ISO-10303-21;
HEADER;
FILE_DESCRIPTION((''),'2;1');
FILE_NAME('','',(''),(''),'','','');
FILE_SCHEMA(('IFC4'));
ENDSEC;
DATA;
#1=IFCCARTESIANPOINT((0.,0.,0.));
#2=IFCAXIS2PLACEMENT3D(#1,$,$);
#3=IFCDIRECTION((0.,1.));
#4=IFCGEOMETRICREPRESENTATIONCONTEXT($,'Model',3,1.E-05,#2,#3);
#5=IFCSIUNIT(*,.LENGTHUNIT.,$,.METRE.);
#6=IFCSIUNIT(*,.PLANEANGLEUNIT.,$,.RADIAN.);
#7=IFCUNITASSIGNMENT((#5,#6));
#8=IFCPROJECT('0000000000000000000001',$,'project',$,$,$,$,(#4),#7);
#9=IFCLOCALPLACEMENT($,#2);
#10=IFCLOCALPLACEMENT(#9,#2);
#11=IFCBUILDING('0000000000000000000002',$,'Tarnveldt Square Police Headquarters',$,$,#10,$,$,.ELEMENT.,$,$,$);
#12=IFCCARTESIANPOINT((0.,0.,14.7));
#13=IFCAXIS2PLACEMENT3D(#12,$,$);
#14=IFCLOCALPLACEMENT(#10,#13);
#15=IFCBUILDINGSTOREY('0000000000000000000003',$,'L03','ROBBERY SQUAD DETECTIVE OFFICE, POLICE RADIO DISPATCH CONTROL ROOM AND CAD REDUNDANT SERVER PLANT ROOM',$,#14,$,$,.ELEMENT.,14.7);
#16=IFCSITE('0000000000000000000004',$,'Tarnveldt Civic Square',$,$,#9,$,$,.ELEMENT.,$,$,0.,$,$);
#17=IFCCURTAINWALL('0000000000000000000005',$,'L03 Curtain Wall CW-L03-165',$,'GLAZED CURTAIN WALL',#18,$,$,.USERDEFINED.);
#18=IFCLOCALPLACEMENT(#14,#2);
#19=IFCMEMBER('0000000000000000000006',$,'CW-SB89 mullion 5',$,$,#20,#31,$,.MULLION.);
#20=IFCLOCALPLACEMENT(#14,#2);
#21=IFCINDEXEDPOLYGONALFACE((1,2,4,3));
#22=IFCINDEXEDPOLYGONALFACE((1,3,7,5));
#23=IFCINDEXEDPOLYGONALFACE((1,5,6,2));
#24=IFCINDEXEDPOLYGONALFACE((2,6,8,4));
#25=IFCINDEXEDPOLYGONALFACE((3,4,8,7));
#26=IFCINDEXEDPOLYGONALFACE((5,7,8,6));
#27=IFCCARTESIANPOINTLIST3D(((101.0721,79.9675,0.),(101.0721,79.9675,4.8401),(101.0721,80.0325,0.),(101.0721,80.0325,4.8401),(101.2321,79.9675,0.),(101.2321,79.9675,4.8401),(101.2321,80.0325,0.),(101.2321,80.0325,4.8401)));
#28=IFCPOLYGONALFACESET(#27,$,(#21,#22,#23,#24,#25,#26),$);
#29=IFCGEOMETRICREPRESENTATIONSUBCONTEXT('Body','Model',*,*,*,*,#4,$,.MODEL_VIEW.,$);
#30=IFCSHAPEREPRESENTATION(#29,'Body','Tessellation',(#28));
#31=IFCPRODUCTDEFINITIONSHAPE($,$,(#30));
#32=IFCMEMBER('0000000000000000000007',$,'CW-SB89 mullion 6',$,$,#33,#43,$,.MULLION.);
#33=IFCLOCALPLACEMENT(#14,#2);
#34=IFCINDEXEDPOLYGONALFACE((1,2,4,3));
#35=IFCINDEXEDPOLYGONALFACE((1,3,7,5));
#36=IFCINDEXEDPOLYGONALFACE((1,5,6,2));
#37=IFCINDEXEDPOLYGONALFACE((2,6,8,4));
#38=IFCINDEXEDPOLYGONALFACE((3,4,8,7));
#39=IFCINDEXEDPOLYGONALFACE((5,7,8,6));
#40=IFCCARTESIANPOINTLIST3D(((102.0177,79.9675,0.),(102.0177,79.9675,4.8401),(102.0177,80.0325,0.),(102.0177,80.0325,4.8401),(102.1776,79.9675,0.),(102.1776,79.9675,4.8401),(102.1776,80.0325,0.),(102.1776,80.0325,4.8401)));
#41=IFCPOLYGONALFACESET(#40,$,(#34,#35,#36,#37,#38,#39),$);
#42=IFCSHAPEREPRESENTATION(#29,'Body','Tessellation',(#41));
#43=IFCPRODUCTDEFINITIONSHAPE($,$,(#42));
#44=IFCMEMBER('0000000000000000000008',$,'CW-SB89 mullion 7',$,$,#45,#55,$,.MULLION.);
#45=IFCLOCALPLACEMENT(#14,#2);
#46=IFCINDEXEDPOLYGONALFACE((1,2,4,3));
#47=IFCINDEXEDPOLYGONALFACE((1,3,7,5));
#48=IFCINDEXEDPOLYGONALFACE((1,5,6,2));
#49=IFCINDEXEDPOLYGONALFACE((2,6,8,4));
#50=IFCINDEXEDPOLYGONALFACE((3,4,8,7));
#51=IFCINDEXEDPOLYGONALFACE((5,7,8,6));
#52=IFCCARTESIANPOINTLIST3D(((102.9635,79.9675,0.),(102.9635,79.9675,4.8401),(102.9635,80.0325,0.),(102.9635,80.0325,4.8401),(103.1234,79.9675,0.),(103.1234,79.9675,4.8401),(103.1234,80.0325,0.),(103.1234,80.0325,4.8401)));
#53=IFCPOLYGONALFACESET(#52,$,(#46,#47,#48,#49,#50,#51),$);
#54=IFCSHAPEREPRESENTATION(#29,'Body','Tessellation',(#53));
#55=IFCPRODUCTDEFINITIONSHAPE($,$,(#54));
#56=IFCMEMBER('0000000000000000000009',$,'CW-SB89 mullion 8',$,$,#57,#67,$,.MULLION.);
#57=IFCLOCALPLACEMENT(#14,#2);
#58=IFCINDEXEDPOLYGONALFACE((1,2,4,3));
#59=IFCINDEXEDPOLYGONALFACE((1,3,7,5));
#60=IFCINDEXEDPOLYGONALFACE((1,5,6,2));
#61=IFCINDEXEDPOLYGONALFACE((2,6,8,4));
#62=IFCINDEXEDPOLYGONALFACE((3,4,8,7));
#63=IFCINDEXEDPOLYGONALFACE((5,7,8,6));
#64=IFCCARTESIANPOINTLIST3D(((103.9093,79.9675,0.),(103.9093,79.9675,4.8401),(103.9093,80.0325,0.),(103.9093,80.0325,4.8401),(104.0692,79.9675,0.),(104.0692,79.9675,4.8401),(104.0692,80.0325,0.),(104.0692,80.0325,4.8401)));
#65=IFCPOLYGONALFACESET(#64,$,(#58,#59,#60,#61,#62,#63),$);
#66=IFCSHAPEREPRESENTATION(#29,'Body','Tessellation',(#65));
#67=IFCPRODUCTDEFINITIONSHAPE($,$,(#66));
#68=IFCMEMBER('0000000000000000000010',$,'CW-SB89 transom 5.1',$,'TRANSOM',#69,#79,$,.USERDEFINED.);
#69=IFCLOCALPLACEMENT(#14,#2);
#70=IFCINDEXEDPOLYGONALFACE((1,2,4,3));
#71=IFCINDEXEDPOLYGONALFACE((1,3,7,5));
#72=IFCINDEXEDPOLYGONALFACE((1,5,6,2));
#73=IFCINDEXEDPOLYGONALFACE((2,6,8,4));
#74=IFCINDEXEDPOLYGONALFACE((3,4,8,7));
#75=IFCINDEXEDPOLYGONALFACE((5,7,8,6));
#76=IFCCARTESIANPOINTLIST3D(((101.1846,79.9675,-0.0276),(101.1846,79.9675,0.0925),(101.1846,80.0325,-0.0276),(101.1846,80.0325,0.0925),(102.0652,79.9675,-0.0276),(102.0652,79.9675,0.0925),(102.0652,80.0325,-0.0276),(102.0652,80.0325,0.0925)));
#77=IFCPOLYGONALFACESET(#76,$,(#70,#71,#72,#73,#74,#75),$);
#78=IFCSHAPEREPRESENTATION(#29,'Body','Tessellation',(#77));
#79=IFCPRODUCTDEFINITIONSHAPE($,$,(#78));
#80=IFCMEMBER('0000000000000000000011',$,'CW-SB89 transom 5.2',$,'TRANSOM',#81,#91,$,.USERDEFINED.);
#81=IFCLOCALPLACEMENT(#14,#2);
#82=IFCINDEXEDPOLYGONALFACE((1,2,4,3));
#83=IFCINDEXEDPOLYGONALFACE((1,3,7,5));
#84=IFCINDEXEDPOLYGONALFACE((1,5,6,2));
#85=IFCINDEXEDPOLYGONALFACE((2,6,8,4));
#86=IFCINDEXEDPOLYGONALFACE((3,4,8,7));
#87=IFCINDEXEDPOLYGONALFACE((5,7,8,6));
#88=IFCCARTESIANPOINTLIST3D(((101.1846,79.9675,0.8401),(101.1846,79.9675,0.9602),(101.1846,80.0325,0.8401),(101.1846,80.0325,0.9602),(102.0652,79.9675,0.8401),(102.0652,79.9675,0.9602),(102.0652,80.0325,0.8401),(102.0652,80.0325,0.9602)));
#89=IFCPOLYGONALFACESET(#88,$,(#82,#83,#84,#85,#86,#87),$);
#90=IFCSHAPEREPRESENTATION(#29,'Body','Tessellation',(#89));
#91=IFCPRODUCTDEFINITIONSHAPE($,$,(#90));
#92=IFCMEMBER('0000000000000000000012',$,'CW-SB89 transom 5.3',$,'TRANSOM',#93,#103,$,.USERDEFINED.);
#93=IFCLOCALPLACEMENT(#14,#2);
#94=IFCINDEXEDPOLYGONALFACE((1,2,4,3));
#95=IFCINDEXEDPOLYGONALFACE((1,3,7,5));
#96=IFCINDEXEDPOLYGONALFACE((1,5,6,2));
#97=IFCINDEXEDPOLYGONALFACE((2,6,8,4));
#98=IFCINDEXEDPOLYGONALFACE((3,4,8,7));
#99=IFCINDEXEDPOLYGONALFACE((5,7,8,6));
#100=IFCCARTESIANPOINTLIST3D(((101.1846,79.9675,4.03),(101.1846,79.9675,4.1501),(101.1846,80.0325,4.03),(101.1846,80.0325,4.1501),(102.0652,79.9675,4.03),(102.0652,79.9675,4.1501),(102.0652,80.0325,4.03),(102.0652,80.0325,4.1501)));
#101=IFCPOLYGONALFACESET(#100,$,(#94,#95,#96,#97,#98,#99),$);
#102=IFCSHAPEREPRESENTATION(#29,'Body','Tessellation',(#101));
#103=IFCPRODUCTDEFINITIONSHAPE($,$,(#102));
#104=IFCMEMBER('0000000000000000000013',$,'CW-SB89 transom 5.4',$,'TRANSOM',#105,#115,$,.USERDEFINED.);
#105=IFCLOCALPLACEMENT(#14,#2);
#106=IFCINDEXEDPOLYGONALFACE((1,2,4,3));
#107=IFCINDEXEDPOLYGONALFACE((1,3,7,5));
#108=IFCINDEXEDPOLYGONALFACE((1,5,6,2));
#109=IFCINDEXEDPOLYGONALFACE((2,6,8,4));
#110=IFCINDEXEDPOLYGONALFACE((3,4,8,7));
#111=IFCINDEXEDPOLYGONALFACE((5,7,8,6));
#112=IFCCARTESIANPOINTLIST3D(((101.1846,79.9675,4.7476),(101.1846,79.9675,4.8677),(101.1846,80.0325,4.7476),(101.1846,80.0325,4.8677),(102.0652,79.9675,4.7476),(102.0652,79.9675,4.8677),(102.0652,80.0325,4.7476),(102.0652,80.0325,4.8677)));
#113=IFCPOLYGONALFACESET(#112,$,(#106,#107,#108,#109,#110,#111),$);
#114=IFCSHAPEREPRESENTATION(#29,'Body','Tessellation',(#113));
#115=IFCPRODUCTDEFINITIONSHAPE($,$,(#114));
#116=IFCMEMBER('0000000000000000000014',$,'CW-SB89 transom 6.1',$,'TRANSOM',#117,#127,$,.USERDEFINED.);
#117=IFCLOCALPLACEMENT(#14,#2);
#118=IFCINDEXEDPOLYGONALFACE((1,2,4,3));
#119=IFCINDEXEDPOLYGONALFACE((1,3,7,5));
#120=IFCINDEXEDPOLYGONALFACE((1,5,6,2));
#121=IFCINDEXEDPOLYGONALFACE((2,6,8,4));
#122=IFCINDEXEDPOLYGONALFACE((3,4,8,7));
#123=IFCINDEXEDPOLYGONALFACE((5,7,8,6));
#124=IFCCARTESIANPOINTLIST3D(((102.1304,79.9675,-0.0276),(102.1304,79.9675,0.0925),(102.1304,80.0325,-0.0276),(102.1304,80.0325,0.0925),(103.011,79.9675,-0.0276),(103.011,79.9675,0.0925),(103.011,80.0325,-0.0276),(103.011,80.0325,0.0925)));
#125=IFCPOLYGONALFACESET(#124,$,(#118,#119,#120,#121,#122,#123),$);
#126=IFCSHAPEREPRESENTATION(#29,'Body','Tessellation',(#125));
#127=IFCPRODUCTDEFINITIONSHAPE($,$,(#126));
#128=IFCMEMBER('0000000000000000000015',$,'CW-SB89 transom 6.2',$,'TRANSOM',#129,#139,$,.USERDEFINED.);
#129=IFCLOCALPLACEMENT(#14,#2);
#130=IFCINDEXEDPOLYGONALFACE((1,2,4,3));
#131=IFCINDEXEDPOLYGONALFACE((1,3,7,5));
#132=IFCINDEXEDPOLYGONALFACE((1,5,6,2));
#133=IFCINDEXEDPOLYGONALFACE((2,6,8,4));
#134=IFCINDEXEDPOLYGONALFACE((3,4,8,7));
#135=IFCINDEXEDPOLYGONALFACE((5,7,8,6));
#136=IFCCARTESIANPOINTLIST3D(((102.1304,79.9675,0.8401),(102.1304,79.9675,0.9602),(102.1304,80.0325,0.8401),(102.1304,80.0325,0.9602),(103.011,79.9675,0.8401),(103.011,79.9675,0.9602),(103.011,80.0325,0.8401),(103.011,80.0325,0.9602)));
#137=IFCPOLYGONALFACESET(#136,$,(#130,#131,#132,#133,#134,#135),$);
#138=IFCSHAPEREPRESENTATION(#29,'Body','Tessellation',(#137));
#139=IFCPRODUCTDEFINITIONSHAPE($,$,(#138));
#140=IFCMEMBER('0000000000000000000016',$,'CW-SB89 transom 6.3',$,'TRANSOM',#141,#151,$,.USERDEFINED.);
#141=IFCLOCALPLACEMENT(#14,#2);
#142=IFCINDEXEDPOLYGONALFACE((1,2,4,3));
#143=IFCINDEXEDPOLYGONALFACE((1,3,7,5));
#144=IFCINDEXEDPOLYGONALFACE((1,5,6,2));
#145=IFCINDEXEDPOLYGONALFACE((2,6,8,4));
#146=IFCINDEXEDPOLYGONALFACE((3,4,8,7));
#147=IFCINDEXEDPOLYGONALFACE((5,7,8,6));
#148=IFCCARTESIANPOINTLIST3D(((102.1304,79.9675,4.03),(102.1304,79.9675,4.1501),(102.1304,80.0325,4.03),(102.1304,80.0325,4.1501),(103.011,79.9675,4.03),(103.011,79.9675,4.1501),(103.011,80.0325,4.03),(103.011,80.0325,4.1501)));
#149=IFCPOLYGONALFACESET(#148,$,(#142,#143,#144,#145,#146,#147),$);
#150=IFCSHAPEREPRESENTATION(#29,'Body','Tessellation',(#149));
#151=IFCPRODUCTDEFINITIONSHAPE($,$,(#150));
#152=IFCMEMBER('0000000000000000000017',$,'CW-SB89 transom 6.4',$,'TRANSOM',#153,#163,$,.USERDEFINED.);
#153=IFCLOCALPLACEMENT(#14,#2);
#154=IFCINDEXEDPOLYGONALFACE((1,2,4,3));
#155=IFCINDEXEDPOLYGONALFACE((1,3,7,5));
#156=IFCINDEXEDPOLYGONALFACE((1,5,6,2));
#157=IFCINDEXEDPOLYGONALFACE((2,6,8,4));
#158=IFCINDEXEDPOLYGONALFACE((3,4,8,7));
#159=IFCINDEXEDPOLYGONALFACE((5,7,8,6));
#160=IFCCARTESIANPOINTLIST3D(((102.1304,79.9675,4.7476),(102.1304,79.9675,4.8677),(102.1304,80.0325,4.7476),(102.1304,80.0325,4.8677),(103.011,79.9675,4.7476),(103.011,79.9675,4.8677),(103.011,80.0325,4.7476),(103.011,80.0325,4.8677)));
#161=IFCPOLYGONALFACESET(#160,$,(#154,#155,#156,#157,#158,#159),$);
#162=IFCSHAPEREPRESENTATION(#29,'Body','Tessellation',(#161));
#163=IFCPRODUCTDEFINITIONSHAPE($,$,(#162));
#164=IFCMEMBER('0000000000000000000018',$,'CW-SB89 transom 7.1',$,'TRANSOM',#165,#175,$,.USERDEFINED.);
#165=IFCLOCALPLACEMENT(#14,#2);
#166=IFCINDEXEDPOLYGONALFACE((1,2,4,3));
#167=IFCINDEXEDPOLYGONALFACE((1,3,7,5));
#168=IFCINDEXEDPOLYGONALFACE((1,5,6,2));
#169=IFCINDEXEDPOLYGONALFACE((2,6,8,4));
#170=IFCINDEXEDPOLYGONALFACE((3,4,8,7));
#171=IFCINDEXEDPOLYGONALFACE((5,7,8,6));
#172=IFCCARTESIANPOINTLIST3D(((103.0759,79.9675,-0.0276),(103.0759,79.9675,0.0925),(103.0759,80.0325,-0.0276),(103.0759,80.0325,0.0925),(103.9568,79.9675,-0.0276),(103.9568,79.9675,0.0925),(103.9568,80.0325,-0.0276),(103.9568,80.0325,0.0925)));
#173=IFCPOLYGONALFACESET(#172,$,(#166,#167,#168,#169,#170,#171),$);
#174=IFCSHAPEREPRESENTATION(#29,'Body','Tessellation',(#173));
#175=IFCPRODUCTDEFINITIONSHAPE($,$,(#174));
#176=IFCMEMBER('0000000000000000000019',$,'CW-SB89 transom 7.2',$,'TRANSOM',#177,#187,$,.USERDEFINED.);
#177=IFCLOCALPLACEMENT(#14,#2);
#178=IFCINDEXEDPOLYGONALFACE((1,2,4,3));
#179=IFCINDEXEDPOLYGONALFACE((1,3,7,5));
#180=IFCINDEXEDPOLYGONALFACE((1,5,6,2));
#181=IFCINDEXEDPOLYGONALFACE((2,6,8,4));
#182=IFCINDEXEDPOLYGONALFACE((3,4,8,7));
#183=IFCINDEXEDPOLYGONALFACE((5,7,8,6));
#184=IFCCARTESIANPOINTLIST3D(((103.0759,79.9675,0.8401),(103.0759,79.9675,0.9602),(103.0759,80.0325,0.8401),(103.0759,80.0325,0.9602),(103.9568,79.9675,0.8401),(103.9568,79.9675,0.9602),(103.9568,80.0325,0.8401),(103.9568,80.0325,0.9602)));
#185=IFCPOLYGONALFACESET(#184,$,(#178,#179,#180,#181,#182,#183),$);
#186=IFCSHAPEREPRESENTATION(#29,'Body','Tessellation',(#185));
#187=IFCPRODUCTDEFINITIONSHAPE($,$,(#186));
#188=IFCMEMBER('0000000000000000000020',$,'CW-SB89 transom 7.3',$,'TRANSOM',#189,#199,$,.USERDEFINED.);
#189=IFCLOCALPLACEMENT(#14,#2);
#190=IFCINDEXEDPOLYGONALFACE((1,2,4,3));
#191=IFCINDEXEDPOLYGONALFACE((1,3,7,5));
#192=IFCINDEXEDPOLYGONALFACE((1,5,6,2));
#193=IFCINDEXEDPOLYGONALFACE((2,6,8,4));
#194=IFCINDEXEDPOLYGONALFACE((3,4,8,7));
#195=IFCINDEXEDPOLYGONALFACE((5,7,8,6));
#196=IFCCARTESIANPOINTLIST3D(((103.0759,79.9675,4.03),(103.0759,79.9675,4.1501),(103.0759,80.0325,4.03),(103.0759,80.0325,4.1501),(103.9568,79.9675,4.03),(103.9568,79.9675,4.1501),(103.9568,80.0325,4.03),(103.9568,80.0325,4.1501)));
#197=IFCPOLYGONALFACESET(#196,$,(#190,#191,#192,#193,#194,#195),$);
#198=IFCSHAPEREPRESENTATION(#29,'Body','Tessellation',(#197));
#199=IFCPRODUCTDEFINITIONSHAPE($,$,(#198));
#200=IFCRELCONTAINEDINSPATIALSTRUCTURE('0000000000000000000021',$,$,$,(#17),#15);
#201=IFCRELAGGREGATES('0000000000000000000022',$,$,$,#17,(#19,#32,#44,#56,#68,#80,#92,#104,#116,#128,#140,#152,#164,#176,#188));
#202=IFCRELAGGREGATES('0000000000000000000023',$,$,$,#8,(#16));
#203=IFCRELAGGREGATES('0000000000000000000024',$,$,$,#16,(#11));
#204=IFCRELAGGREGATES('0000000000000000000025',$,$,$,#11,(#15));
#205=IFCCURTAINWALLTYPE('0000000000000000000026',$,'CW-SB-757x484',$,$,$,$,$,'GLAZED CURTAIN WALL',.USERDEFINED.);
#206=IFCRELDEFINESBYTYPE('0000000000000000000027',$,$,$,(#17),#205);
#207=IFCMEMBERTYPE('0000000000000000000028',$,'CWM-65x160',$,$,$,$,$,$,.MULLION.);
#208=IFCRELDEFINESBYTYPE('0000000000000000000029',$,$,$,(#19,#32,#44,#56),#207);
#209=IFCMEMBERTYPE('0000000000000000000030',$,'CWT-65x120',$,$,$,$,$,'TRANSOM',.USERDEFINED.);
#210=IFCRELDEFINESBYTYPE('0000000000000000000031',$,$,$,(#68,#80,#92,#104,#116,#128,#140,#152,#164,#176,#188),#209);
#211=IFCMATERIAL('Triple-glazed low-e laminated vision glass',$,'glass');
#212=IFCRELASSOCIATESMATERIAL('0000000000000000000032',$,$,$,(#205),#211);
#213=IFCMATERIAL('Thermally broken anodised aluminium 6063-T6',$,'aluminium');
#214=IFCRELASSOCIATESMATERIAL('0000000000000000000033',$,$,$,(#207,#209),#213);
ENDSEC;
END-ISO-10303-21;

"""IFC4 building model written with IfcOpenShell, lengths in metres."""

from ifc_helpers import new_model, si_unit, direction, frame, origin, origin_2d, place, context, subcontext, project, spatial, rectangle, extrude, material, material_profile, profile_set, type_object, element, aggregate, save


model = new_model("IFC4")

# Units and contexts
model_context = context("Model", 3, precision=1e-05, world=origin(), true_north=direction((0.0, 1.0)))
body_context = subcontext(model_context, "Body", "Model", "MODEL_VIEW")
ifc_project = project(units=[si_unit("LENGTHUNIT", "METRE"), si_unit("PLANEANGLEUNIT", "RADIAN")], contexts=[model_context])

# Site, building, storey
site_placement = place(None, origin())
site = spatial("IfcSite", under=ifc_project, at=site_placement, Name="Tarnveldt Civic Square", CompositionType="ELEMENT", RefElevation=0.0)
building_placement = place(site_placement, origin())
building = spatial("IfcBuilding", under=site, at=building_placement, Name="Tarnveldt Square Police Headquarters", CompositionType="ELEMENT")
storey_placement = place(building_placement, frame((0.0, 0.0, 14.7)))
storey = spatial("IfcBuildingStorey", under=building, at=storey_placement, Name="L03", Description="ROBBERY SQUAD DETECTIVE OFFICE, POLICE RADIO DISPATCH CONTROL ROOM AND CAD REDUNDANT SERVER PLANT ROOM", CompositionType="ELEMENT", Elevation=14.7)

# Curtain wall, members
ifc_material_1 = material(Name="Triple-glazed low-e laminated vision glass", Category="glass")
curtain_wall_type = type_object("IfcCurtainWallType", Name="CW-SB-757x484", ElementType="GLAZED CURTAIN WALL", PredefinedType="USERDEFINED", material=ifc_material_1)
curtain_wall_placement = place(storey_placement, origin())
curtain_wall = element("IfcCurtainWall", 1, at=curtain_wall_placement, inside=storey, type_object=curtain_wall_type, Name="L03 Curtain Wall CW-L03-165", ObjectType="GLAZED CURTAIN WALL", PredefinedType="USERDEFINED")
ifc_material_2 = material(Name="Thermally broken anodised aluminium 6063-T6", Category="aluminium")
ifc_material_profile_1 = material_profile(ifc_material_2, rectangle(XDim=0.0649, YDim=0.1599, at=origin_2d()), Name="CW-M65x160")
ifc_profile_set_1 = profile_set([ifc_material_profile_1], Name="Thermally broken anodised aluminium 6063-T6")
member_type_1 = type_object("IfcMemberType", Name="CWM-65x160", PredefinedType="MULLION", material=ifc_profile_set_1)
member_1_placement = place(storey_placement, frame((101.1521, 80.0, 0.0), z_axis=(0.0, 0.0, 1.0), x_axis=(0.0, 1.0, 0.0)))
member_1 = element("IfcMember", 2, at=member_1_placement, type_object=member_type_1, Name="CW-SB89 mullion 5", PredefinedType="MULLION", context=body_context, shape_type="SweptSolid", body=[
    extrude(rectangle(XDim=0.0649, YDim=0.1599, at=origin_2d()), origin(), (0.0, 0.0, 1.0), 4.8401),
])
member_2_placement = place(storey_placement, frame((102.0977, 80.0, 0.0), z_axis=(0.0, 0.0, 1.0), x_axis=(0.0, 1.0, 0.0)))
member_2 = element("IfcMember", 3, at=member_2_placement, type_object=member_type_1, Name="CW-SB89 mullion 6", PredefinedType="MULLION", context=body_context, shape_type="SweptSolid", body=[
    extrude(rectangle(XDim=0.0649, YDim=0.1599, at=origin_2d()), origin(), (0.0, 0.0, 1.0), 4.8401),
])
member_3_placement = place(storey_placement, frame((103.0435, 80.0, 0.0), z_axis=(0.0, 0.0, 1.0), x_axis=(0.0, 1.0, 0.0)))
member_3 = element("IfcMember", 4, at=member_3_placement, type_object=member_type_1, Name="CW-SB89 mullion 7", PredefinedType="MULLION", context=body_context, shape_type="SweptSolid", body=[
    extrude(rectangle(XDim=0.0649, YDim=0.1599, at=origin_2d()), origin(), (0.0, 0.0, 1.0), 4.8401),
])
member_4_placement = place(storey_placement, frame((103.9893, 80.0, 0.0), z_axis=(0.0, 0.0, 1.0), x_axis=(0.0, 1.0, 0.0)))
member_4 = element("IfcMember", 5, at=member_4_placement, type_object=member_type_1, Name="CW-SB89 mullion 8", PredefinedType="MULLION", context=body_context, shape_type="SweptSolid", body=[
    extrude(rectangle(XDim=0.0649, YDim=0.1599, at=origin_2d()), origin(), (0.0, 0.0, 1.0), 4.8401),
])
ifc_material_profile_2 = material_profile(ifc_material_2, rectangle(XDim=0.0649, YDim=0.1201, at=origin_2d()), Name="CW-T65x120")
ifc_profile_set_2 = profile_set([ifc_material_profile_2], Name="Thermally broken anodised aluminium 6063-T6")
member_type_2 = type_object("IfcMemberType", Name="CWT-65x120", ElementType="TRANSOM", PredefinedType="USERDEFINED", material=ifc_profile_set_2)
member_5_placement = place(storey_placement, frame((101.1846, 80.0, 0.0325), z_axis=(1.0, 0.0, 0.0), x_axis=(0.0, 1.0, 0.0)))
member_5 = element("IfcMember", 6, at=member_5_placement, type_object=member_type_2, Name="CW-SB89 transom 5.1", ObjectType="TRANSOM", PredefinedType="USERDEFINED", context=body_context, shape_type="SweptSolid", body=[
    extrude(rectangle(XDim=0.0649, YDim=0.1201, at=origin_2d()), origin(), (0.0, 0.0, 1.0), 0.8806),
])
member_6_placement = place(storey_placement, frame((101.1846, 80.0, 0.9001), z_axis=(1.0, 0.0, 0.0), x_axis=(0.0, 1.0, 0.0)))
member_6 = element("IfcMember", 7, at=member_6_placement, type_object=member_type_2, Name="CW-SB89 transom 5.2", ObjectType="TRANSOM", PredefinedType="USERDEFINED", context=body_context, shape_type="SweptSolid", body=[
    extrude(rectangle(XDim=0.0649, YDim=0.1201, at=origin_2d()), origin(), (0.0, 0.0, 1.0), 0.8806),
])
member_7_placement = place(storey_placement, frame((101.1846, 80.0, 4.0901), z_axis=(1.0, 0.0, 0.0), x_axis=(0.0, 1.0, 0.0)))
member_7 = element("IfcMember", 8, at=member_7_placement, type_object=member_type_2, Name="CW-SB89 transom 5.3", ObjectType="TRANSOM", PredefinedType="USERDEFINED", context=body_context, shape_type="SweptSolid", body=[
    extrude(rectangle(XDim=0.0649, YDim=0.1201, at=origin_2d()), origin(), (0.0, 0.0, 1.0), 0.8806),
])
member_8_placement = place(storey_placement, frame((101.1846, 80.0, 4.8076), z_axis=(1.0, 0.0, 0.0), x_axis=(0.0, 1.0, 0.0)))
member_8 = element("IfcMember", 9, at=member_8_placement, type_object=member_type_2, Name="CW-SB89 transom 5.4", ObjectType="TRANSOM", PredefinedType="USERDEFINED", context=body_context, shape_type="SweptSolid", body=[
    extrude(rectangle(XDim=0.0649, YDim=0.1201, at=origin_2d()), origin(), (0.0, 0.0, 1.0), 0.8806),
])
member_9_placement = place(storey_placement, frame((102.1304, 80.0, 0.0325), z_axis=(1.0, 0.0, 0.0), x_axis=(0.0, 1.0, 0.0)))
member_9 = element("IfcMember", 10, at=member_9_placement, type_object=member_type_2, Name="CW-SB89 transom 6.1", ObjectType="TRANSOM", PredefinedType="USERDEFINED", context=body_context, shape_type="SweptSolid", body=[
    extrude(rectangle(XDim=0.0649, YDim=0.1201, at=origin_2d()), origin(), (0.0, 0.0, 1.0), 0.8806),
])
member_10_placement = place(storey_placement, frame((102.1304, 80.0, 0.9001), z_axis=(1.0, 0.0, 0.0), x_axis=(0.0, 1.0, 0.0)))
member_10 = element("IfcMember", 11, at=member_10_placement, type_object=member_type_2, Name="CW-SB89 transom 6.2", ObjectType="TRANSOM", PredefinedType="USERDEFINED", context=body_context, shape_type="SweptSolid", body=[
    extrude(rectangle(XDim=0.0649, YDim=0.1201, at=origin_2d()), origin(), (0.0, 0.0, 1.0), 0.8806),
])
member_11_placement = place(storey_placement, frame((102.1304, 80.0, 4.0901), z_axis=(1.0, 0.0, 0.0), x_axis=(0.0, 1.0, 0.0)))
member_11 = element("IfcMember", 12, at=member_11_placement, type_object=member_type_2, Name="CW-SB89 transom 6.3", ObjectType="TRANSOM", PredefinedType="USERDEFINED", context=body_context, shape_type="SweptSolid", body=[
    extrude(rectangle(XDim=0.0649, YDim=0.1201, at=origin_2d()), origin(), (0.0, 0.0, 1.0), 0.8806),
])
member_12_placement = place(storey_placement, frame((102.1304, 80.0, 4.8076), z_axis=(1.0, 0.0, 0.0), x_axis=(0.0, 1.0, 0.0)))
member_12 = element("IfcMember", 13, at=member_12_placement, type_object=member_type_2, Name="CW-SB89 transom 6.4", ObjectType="TRANSOM", PredefinedType="USERDEFINED", context=body_context, shape_type="SweptSolid", body=[
    extrude(rectangle(XDim=0.0649, YDim=0.1201, at=origin_2d()), origin(), (0.0, 0.0, 1.0), 0.8806),
])
member_13_placement = place(storey_placement, frame((103.0759, 80.0, 0.0325), z_axis=(1.0, 0.0, 0.0), x_axis=(0.0, 1.0, 0.0)))
member_13 = element("IfcMember", 14, at=member_13_placement, type_object=member_type_2, Name="CW-SB89 transom 7.1", ObjectType="TRANSOM", PredefinedType="USERDEFINED", context=body_context, shape_type="SweptSolid", body=[
    extrude(rectangle(XDim=0.0649, YDim=0.1201, at=origin_2d()), origin(), (0.0, 0.0, 1.0), 0.8809),
])
member_14_placement = place(storey_placement, frame((103.0759, 80.0, 0.9001), z_axis=(1.0, 0.0, 0.0), x_axis=(0.0, 1.0, 0.0)))
member_14 = element("IfcMember", 15, at=member_14_placement, type_object=member_type_2, Name="CW-SB89 transom 7.2", ObjectType="TRANSOM", PredefinedType="USERDEFINED", context=body_context, shape_type="SweptSolid", body=[
    extrude(rectangle(XDim=0.0649, YDim=0.1201, at=origin_2d()), origin(), (0.0, 0.0, 1.0), 0.8809),
])
member_15_placement = place(storey_placement, frame((103.0759, 80.0, 4.0901), z_axis=(1.0, 0.0, 0.0), x_axis=(0.0, 1.0, 0.0)))
member_15 = element("IfcMember", 16, at=member_15_placement, type_object=member_type_2, Name="CW-SB89 transom 7.3", ObjectType="TRANSOM", PredefinedType="USERDEFINED", context=body_context, shape_type="SweptSolid", body=[
    extrude(rectangle(XDim=0.0649, YDim=0.1201, at=origin_2d()), origin(), (0.0, 0.0, 1.0), 0.8809),
])
aggregate(curtain_wall, [member_1, member_2, member_3, member_4, member_5, member_6, member_7, member_8, member_9, member_10, member_11, member_12, member_13, member_14, member_15])

save(model, "model.ifc")
